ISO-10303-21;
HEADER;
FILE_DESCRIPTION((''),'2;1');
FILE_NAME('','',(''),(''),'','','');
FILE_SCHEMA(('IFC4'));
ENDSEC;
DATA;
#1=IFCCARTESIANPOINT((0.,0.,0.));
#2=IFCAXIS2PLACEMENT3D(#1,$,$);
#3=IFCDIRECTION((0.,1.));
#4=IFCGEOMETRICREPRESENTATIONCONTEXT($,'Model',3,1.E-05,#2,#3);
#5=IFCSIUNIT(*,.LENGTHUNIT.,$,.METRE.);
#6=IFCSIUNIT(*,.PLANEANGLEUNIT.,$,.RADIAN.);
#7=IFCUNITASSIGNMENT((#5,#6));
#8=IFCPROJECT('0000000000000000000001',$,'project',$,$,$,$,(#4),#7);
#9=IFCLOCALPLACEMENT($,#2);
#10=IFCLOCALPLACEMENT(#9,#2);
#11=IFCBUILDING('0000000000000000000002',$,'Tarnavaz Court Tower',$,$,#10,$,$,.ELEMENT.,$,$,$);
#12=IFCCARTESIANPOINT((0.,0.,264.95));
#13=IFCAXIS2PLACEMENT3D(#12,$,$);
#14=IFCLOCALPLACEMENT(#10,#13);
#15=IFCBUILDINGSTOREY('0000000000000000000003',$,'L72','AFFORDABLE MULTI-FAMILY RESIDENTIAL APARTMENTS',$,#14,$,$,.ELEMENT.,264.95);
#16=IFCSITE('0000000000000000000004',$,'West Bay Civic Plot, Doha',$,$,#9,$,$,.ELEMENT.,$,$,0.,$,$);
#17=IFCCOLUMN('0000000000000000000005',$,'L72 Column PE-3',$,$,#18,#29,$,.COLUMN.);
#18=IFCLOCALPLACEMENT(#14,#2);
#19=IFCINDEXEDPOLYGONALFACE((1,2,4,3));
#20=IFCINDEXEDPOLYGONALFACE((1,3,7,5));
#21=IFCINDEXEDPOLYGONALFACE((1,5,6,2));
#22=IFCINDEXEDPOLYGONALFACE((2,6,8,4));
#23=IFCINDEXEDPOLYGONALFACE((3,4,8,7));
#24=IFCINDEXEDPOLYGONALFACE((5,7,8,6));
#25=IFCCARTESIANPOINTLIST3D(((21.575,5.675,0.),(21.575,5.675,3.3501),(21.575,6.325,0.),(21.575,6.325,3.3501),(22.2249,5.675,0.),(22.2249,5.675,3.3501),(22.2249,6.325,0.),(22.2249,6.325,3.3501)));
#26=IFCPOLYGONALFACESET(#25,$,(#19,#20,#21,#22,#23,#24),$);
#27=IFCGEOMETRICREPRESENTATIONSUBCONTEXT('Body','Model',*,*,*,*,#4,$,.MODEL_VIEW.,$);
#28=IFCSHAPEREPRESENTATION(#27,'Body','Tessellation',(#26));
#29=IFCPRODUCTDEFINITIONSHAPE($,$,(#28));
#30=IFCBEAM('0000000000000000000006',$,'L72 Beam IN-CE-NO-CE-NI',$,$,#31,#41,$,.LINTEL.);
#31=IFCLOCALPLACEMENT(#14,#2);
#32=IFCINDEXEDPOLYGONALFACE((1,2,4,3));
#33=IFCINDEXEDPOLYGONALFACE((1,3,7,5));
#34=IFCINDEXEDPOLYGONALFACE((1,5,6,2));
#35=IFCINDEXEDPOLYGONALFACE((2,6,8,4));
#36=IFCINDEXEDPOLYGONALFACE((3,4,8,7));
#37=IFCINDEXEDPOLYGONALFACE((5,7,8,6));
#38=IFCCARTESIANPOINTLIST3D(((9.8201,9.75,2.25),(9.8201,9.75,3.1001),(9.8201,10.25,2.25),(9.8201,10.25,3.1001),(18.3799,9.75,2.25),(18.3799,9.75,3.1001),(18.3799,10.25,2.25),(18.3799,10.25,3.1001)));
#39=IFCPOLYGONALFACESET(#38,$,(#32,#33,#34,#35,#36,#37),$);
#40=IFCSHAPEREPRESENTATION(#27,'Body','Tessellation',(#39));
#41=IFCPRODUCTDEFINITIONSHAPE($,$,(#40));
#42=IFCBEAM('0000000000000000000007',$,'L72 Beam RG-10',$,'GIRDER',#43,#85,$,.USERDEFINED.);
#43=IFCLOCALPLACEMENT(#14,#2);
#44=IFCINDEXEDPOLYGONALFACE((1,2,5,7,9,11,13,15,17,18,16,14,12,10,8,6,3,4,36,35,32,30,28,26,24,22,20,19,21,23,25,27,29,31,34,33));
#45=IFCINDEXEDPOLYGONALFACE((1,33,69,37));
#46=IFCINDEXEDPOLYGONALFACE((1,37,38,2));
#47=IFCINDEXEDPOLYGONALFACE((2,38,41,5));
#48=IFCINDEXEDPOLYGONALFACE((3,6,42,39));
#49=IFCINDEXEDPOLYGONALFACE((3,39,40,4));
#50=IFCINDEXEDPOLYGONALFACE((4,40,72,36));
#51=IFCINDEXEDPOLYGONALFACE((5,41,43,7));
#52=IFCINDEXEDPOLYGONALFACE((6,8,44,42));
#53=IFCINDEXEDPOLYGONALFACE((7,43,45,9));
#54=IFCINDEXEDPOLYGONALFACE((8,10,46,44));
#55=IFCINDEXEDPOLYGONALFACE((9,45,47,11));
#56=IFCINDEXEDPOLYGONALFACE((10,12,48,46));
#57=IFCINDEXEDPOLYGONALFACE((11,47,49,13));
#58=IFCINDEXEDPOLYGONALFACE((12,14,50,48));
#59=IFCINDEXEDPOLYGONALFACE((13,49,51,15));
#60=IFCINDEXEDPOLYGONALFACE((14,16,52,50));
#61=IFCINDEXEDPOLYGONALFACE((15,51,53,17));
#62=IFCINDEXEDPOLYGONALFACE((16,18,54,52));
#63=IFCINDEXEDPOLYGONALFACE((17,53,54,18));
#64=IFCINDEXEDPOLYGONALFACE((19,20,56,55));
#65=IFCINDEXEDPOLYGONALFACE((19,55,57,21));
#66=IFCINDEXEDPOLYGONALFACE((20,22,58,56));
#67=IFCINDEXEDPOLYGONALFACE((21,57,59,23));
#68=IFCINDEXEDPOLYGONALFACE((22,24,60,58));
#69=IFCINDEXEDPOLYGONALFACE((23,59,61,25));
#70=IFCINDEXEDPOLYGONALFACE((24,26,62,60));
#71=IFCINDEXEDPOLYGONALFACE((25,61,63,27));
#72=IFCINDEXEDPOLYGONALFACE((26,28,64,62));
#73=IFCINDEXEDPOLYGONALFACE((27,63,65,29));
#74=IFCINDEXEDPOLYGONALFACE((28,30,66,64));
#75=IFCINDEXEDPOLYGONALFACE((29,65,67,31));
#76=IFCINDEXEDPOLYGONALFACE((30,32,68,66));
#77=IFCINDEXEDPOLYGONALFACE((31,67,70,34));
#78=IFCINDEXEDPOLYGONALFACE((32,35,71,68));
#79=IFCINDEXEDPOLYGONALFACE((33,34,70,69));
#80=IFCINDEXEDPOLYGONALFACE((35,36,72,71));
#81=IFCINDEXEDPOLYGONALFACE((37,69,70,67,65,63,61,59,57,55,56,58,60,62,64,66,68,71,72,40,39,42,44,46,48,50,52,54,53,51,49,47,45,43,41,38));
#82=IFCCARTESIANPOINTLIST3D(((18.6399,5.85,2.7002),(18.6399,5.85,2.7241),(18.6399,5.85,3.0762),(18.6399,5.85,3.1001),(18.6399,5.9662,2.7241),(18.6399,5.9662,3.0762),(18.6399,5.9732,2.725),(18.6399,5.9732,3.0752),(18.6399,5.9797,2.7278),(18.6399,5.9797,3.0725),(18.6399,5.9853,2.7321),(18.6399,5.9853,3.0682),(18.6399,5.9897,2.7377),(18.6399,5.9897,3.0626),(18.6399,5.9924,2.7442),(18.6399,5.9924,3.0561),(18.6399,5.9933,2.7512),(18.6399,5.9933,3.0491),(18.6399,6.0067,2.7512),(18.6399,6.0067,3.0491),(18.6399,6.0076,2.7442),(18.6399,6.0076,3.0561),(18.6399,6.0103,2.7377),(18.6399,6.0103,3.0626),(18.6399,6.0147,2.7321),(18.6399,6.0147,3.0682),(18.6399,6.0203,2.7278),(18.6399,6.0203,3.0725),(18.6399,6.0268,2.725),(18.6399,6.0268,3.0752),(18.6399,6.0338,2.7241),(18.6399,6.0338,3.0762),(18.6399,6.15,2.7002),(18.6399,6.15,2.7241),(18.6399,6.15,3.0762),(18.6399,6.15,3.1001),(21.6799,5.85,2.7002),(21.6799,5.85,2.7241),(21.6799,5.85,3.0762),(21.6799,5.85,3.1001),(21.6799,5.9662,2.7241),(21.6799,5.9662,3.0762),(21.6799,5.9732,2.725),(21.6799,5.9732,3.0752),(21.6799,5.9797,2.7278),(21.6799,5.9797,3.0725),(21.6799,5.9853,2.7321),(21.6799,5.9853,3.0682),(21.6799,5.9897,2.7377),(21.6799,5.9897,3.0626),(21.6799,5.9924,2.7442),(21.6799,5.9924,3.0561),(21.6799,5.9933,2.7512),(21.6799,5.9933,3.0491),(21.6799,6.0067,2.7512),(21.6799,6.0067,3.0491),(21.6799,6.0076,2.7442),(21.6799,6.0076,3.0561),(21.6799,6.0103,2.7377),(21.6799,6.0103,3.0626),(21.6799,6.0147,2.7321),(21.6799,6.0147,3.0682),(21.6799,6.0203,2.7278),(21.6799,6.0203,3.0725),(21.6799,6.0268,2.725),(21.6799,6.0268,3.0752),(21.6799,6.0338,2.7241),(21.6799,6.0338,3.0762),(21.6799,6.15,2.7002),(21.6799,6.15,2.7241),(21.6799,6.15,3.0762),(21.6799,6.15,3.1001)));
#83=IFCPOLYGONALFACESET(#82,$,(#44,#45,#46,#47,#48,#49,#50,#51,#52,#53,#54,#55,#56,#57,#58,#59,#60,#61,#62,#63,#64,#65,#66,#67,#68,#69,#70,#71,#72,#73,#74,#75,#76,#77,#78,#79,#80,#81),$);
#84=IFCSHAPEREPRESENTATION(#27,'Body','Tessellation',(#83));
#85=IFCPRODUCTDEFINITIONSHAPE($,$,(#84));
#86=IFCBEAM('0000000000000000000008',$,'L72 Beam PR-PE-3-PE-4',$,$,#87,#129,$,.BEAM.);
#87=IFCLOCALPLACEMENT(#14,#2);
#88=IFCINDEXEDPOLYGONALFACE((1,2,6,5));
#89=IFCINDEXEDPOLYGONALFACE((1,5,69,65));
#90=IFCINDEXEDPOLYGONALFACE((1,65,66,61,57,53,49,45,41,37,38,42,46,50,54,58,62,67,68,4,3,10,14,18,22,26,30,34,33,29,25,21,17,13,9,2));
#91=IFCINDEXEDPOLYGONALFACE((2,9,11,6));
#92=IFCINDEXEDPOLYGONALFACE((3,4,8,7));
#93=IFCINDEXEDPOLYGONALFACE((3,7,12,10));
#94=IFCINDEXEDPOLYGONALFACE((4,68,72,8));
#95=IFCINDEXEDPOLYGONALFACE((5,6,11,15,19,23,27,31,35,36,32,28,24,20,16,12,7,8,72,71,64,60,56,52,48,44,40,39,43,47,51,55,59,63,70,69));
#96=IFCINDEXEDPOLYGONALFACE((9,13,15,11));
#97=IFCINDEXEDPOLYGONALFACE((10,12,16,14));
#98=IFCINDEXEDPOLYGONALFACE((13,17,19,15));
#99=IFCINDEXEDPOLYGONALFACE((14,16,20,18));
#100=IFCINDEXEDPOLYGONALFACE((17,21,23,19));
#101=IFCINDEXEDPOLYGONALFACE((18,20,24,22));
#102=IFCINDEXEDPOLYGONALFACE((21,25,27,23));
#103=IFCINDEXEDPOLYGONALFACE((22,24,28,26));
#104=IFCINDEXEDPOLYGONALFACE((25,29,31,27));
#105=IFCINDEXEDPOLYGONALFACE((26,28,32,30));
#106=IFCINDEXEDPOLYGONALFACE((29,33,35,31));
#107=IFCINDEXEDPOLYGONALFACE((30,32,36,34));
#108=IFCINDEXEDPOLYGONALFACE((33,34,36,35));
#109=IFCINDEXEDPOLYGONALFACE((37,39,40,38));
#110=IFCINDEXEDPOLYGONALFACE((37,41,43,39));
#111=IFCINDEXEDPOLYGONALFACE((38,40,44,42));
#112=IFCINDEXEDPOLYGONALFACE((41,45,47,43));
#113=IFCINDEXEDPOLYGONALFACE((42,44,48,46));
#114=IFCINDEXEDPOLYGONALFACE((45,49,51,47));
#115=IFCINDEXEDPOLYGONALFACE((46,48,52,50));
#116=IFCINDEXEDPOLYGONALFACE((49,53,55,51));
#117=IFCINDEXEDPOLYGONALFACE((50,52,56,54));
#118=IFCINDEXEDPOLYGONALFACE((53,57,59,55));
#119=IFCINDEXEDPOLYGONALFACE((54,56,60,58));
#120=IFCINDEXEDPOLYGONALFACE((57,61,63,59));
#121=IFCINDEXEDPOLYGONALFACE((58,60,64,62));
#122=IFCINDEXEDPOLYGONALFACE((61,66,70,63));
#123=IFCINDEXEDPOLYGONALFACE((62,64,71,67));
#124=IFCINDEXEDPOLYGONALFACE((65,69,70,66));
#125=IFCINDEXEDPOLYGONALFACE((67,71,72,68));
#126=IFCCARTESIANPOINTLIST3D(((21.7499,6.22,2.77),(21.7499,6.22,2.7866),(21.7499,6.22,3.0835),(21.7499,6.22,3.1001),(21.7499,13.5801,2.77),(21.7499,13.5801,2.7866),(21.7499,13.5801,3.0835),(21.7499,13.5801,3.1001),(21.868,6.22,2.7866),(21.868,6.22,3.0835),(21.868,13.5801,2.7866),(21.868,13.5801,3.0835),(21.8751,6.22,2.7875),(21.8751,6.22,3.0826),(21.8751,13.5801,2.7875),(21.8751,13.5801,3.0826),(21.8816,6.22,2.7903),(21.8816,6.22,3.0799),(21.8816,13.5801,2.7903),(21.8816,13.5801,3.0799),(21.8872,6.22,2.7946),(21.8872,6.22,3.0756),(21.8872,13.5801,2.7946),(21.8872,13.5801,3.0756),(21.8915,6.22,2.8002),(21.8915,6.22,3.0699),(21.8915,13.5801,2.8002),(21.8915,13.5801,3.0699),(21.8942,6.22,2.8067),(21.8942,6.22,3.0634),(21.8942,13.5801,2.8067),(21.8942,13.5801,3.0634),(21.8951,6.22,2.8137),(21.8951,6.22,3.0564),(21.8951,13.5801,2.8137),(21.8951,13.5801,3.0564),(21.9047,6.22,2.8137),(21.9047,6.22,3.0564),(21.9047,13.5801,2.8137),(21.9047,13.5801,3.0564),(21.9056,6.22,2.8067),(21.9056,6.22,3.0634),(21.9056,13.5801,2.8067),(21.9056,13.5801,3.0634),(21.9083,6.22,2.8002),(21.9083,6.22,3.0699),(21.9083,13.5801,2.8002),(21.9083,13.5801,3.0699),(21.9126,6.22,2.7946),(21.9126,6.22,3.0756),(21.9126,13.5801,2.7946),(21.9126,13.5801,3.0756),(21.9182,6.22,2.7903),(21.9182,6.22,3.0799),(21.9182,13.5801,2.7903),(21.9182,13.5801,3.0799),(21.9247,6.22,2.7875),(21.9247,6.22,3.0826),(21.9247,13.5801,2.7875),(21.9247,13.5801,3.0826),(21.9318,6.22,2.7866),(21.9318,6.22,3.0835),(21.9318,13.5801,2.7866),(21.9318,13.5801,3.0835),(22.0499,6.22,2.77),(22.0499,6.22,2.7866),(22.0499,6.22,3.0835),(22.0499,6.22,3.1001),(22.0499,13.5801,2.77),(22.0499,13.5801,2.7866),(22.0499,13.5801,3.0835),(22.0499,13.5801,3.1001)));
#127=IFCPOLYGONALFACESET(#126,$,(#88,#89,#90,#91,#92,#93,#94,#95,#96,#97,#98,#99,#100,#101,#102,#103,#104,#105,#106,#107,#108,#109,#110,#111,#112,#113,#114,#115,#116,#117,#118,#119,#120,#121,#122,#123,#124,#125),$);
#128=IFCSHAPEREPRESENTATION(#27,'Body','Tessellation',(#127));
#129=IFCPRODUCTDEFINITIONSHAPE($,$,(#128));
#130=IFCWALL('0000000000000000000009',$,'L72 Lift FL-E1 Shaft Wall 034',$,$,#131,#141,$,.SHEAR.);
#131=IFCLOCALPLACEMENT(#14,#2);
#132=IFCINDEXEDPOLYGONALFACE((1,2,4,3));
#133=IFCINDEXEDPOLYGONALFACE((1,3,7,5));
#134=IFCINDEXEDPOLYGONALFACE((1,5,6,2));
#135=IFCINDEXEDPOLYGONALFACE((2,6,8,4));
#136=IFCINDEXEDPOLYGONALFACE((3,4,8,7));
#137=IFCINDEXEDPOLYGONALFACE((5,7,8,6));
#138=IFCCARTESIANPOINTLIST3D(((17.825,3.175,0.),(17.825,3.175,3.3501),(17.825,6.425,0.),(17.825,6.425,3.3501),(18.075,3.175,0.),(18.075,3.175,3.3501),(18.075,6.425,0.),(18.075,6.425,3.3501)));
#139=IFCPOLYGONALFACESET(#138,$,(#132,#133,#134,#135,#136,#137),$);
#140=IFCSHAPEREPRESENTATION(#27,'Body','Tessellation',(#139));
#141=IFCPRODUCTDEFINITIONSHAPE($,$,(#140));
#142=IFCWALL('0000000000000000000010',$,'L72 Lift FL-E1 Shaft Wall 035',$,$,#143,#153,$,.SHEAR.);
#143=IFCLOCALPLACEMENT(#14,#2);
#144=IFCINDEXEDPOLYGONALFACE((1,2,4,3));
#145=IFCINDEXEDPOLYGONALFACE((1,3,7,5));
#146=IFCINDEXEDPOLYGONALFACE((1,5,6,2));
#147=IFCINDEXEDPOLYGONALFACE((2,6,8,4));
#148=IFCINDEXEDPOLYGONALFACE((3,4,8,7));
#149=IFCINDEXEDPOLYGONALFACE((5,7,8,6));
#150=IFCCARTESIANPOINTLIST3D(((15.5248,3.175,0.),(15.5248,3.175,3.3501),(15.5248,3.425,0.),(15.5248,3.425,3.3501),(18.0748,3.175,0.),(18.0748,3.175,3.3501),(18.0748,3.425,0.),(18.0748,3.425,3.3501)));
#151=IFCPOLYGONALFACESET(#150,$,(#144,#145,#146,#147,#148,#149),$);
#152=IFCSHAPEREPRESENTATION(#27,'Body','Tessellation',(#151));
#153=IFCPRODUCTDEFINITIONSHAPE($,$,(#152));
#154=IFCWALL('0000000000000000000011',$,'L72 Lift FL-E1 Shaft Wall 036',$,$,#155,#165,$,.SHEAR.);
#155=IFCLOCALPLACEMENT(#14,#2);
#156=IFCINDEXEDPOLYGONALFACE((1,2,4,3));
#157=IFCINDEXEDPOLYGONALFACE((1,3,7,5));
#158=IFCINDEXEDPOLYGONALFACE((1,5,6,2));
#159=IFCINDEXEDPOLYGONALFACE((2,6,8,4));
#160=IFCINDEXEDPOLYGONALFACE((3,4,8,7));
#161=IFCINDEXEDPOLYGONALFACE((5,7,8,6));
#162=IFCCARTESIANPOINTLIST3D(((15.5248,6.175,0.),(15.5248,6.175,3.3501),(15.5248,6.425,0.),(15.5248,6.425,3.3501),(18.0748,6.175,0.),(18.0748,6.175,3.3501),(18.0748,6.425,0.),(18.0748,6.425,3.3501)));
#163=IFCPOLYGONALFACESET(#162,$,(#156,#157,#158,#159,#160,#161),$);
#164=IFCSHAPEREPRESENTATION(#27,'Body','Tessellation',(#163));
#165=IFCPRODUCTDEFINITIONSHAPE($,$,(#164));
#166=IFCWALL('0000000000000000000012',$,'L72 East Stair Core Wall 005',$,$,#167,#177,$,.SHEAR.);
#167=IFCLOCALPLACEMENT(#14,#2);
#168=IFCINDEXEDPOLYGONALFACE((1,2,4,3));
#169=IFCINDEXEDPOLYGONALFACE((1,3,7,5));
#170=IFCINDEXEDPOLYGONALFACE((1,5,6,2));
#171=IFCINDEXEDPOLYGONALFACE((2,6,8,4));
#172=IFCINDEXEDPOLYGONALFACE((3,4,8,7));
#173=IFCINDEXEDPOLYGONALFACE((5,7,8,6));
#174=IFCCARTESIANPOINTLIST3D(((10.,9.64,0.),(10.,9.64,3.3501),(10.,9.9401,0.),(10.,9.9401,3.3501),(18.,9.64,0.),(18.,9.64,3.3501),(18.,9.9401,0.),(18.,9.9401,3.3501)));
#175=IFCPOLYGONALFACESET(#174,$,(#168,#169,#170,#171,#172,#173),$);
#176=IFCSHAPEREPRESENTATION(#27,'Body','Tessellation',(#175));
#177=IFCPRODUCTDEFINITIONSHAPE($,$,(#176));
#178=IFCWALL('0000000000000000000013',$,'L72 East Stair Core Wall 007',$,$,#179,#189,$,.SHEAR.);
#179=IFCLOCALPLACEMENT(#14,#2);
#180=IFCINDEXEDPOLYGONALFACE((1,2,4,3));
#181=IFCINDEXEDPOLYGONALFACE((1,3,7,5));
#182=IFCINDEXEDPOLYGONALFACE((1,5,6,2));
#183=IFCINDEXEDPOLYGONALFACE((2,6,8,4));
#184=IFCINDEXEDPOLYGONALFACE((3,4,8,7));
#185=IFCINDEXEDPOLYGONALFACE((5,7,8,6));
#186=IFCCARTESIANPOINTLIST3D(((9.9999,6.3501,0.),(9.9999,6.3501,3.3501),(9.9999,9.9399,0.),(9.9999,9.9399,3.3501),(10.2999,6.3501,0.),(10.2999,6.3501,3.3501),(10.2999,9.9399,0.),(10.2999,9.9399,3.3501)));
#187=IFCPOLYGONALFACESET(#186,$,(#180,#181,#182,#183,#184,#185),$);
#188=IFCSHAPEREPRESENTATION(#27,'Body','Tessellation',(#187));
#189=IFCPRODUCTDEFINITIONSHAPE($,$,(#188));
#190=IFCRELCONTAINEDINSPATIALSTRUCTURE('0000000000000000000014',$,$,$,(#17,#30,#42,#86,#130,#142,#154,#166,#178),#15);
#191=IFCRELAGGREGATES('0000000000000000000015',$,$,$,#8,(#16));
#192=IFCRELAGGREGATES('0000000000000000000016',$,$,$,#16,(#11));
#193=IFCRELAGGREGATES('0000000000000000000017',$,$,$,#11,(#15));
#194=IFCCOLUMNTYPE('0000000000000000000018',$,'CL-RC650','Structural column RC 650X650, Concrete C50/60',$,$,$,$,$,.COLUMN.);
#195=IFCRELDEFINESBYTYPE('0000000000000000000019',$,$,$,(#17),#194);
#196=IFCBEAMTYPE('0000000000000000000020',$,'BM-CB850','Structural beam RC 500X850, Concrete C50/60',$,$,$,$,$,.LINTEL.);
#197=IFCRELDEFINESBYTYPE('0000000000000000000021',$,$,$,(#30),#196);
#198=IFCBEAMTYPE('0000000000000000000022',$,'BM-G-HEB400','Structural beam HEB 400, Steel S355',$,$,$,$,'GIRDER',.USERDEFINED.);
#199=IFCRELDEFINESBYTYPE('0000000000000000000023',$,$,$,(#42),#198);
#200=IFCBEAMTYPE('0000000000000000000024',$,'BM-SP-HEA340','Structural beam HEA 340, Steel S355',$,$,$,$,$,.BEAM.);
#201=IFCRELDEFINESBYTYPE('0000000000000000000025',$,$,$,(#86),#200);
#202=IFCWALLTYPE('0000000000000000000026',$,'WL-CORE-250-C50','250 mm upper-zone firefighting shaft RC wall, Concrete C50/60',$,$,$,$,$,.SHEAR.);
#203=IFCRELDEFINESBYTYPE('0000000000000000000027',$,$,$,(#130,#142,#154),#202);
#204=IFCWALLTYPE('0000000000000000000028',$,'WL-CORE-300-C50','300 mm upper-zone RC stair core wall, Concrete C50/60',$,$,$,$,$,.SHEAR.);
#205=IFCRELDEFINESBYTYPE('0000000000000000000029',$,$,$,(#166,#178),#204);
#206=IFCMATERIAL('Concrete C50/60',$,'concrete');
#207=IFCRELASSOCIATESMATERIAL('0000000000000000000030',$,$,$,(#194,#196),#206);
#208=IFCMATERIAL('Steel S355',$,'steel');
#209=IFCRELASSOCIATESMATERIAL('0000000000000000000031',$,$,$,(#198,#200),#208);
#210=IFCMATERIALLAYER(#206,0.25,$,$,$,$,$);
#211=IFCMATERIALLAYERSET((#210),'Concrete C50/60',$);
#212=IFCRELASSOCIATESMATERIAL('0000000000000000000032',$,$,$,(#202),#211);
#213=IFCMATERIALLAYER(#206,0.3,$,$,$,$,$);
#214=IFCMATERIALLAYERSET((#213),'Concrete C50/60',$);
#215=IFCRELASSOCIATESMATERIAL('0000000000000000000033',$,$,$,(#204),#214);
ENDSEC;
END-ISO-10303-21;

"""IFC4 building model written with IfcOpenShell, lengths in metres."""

from ifc_helpers import new_model, si_unit, direction, frame, frame_2d, origin, origin_2d, place, context, subcontext, project, spatial, rectangle, i_section, extrude, material, layer, layer_set, material_profile, profile_set, type_object, element, save


model = new_model("IFC4")

# Units and contexts
model_context = context("Model", 3, precision=1e-05, world=origin(), true_north=direction((0.0, 1.0)))
body_context = subcontext(model_context, "Body", "Model", "MODEL_VIEW")
ifc_project = project(units=[si_unit("LENGTHUNIT", "METRE"), si_unit("PLANEANGLEUNIT", "RADIAN")], contexts=[model_context])

# Site, building, storey
site_placement = place(None, origin())
site = spatial("IfcSite", under=ifc_project, at=site_placement, Name="West Bay Civic Plot, Doha", CompositionType="ELEMENT", RefElevation=0.0)
building_placement = place(site_placement, origin())
building = spatial("IfcBuilding", under=site, at=building_placement, Name="Tarnavaz Court Tower", CompositionType="ELEMENT")
storey_placement = place(building_placement, frame((0.0, 0.0, 264.95)))
storey = spatial("IfcBuildingStorey", under=building, at=storey_placement, Name="L72", Description="AFFORDABLE MULTI-FAMILY RESIDENTIAL APARTMENTS", CompositionType="ELEMENT", Elevation=264.95)

# Column
ifc_material_1 = material(Name="Concrete C50/60", Category="concrete")
ifc_material_profile_1 = material_profile(ifc_material_1, rectangle(XDim=0.6499, YDim=0.6499, at=origin_2d()), Name="RC 650X650")
ifc_profile_set_1 = profile_set([ifc_material_profile_1], Name="Concrete C50/60")
column_type = type_object("IfcColumnType", Name="CL-RC650", Description="Structural column RC 650X650, Concrete C50/60", PredefinedType="COLUMN", material=ifc_profile_set_1)
column_placement = place(storey_placement, frame((21.8999, 6.0, 0.0), z_axis=(0.0, 0.0, 1.0), x_axis=(1.0, 0.0, 0.0)))
element("IfcColumn", 1, at=column_placement, inside=storey, type_object=column_type, Name="L72 Column PE-3", PredefinedType="COLUMN", context=body_context, shape_type="SweptSolid", body=[
    extrude(rectangle(XDim=0.6499, YDim=0.6499, at=origin_2d()), origin(), (0.0, 0.0, 1.0), 3.3501),
])

# Beams
ifc_material_profile_2 = material_profile(ifc_material_1, rectangle(XDim=0.5, YDim=0.8501, at=origin_2d()), Name="RC 500X850")
ifc_profile_set_2 = profile_set([ifc_material_profile_2], Name="Concrete C50/60")
beam_type_1 = type_object("IfcBeamType", Name="BM-CB850", Description="Structural beam RC 500X850, Concrete C50/60", PredefinedType="LINTEL", material=ifc_profile_set_2)
beam_1_placement = place(storey_placement, frame((18.3799, 10.0, 2.675), z_axis=(-1.0, 0.0, 0.0), x_axis=(0.0, -1.0, 0.0)))
element("IfcBeam", 2, at=beam_1_placement, inside=storey, type_object=beam_type_1, Name="L72 Beam IN-CE-NO-CE-NI", PredefinedType="LINTEL", context=body_context, shape_type="SweptSolid", body=[
    extrude(rectangle(XDim=0.5, YDim=0.8501, at=origin_2d()), origin(), (0.0, 0.0, 1.0), 8.5598),
])
ifc_material_2 = material(Name="Steel S355", Category="steel")
ifc_material_profile_3 = material_profile(ifc_material_2, i_section(OverallWidth=0.3, OverallDepth=0.3999, WebThickness=0.0134, FlangeThickness=0.0239, FilletRadius=0.0271, at=origin_2d()), Name="HEB 400")
ifc_profile_set_3 = profile_set([ifc_material_profile_3], Name="Steel S355")
beam_type_2 = type_object("IfcBeamType", Name="BM-G-HEB400", Description="Structural beam HEB 400, Steel S355", ElementType="GIRDER", PredefinedType="USERDEFINED", material=ifc_profile_set_3)
beam_2_placement = place(storey_placement, frame((18.6399, 6.0, 2.9001), z_axis=(1.0, 0.0, 0.0), x_axis=(0.0, 1.0, 0.0)))
element("IfcBeam", 3, at=beam_2_placement, inside=storey, type_object=beam_type_2, Name="L72 Beam RG-10", ObjectType="GIRDER", PredefinedType="USERDEFINED", context=body_context, shape_type="SweptSolid", body=[
    extrude(i_section(OverallWidth=0.3, OverallDepth=0.3999, WebThickness=0.0134, FlangeThickness=0.0239, FilletRadius=0.0271, at=origin_2d()), origin(), (0.0, 0.0, 1.0), 3.04),
])
ifc_material_profile_4 = material_profile(ifc_material_2, i_section(OverallWidth=0.3, OverallDepth=0.3301, WebThickness=0.0095, FlangeThickness=0.0166, FilletRadius=0.0271, at=origin_2d()), Name="HEA 340")
ifc_profile_set_4 = profile_set([ifc_material_profile_4], Name="Steel S355")
beam_type_3 = type_object("IfcBeamType", Name="BM-SP-HEA340", Description="Structural beam HEA 340, Steel S355", PredefinedType="BEAM", material=ifc_profile_set_4)
beam_3_placement = place(storey_placement, frame((21.8999, 6.22, 2.9351), z_axis=(0.0, 1.0, 0.0), x_axis=(-1.0, 0.0, 0.0)))
element("IfcBeam", 4, at=beam_3_placement, inside=storey, type_object=beam_type_3, Name="L72 Beam PR-PE-3-PE-4", PredefinedType="BEAM", context=body_context, shape_type="SweptSolid", body=[
    extrude(i_section(OverallWidth=0.3, OverallDepth=0.3301, WebThickness=0.0095, FlangeThickness=0.0166, FilletRadius=0.0271, at=origin_2d()), origin(), (0.0, 0.0, 1.0), 7.3601),
])

# Shared definitions
ifc_layer_1 = layer(ifc_material_1, 0.25)
ifc_layer_set_1 = layer_set([ifc_layer_1], Name="Concrete C50/60")
wall_type_1 = type_object("IfcWallType", Name="WL-CORE-250-C50", Description="250 mm upper-zone firefighting shaft RC wall, Concrete C50/60", PredefinedType="SHEAR", material=ifc_layer_set_1)

# Walls
wall_1_placement = place(storey_placement, frame((17.95, 3.175, 0.0), z_axis=(0.0, 0.0, 1.0), x_axis=(0.0, 1.0, 0.0)))
element("IfcWall", 5, at=wall_1_placement, inside=storey, type_object=wall_type_1, Name="L72 Lift FL-E1 Shaft Wall 034", PredefinedType="SHEAR", context=body_context, shape_type="SweptSolid", body=[
    extrude(rectangle(XDim=3.25, YDim=0.25, at=frame_2d((1.625, 0.0))), origin(), (0.0, 0.0, 1.0), 3.3501),
])
for number, where, z_axis, x_axis, name in (
    (6, (15.5249, 3.3, 0.0), (0.0, 0.0, 1.0), (1.0, 0.0, 0.0), "L72 Lift FL-E1 Shaft Wall 035"),
    (7, (15.5249, 6.3, 0.0), (0.0, 0.0, 1.0), (1.0, 0.0, 0.0), "L72 Lift FL-E1 Shaft Wall 036"),
):
    element("IfcWall", number, at=place(storey_placement, frame(where, z_axis=z_axis, x_axis=x_axis)), inside=storey, type_object=wall_type_1, Name=name, PredefinedType="SHEAR", context=body_context, shape_type="SweptSolid", body=[
        extrude(rectangle(XDim=2.55, YDim=0.25, at=frame_2d((1.2749, 0.0))), origin(), (0.0, 0.0, 1.0), 3.3501),
    ])
ifc_layer_2 = layer(ifc_material_1, 0.3)
ifc_layer_set_2 = layer_set([ifc_layer_2], Name="Concrete C50/60")
wall_type_2 = type_object("IfcWallType", Name="WL-CORE-300-C50", Description="300 mm upper-zone RC stair core wall, Concrete C50/60", PredefinedType="SHEAR", material=ifc_layer_set_2)
wall_2_placement = place(storey_placement, frame((10.0, 9.79, 0.0), z_axis=(0.0, 0.0, 1.0), x_axis=(1.0, 0.0, 0.0)))
element("IfcWall", 8, at=wall_2_placement, inside=storey, type_object=wall_type_2, Name="L72 East Stair Core Wall 005", PredefinedType="SHEAR", context=body_context, shape_type="SweptSolid", body=[
    extrude(rectangle(XDim=8.0, YDim=0.3, at=frame_2d((4.0, 0.0))), origin(), (0.0, 0.0, 1.0), 3.3501),
])
for number, where, z_axis, x_axis, name in (
    (9, (10.1499, 6.3501, 0.0), (0.0, 0.0, 1.0), (0.0, 1.0, 0.0), "L72 East Stair Core Wall 007"),
):
    element("IfcWall", number, at=place(storey_placement, frame(where, z_axis=z_axis, x_axis=x_axis)), inside=storey, type_object=wall_type_2, Name=name, PredefinedType="SHEAR", context=body_context, shape_type="SweptSolid", body=[
        extrude(rectangle(XDim=3.5898, YDim=0.3, at=frame_2d((1.7949, 0.0))), origin(), (0.0, 0.0, 1.0), 3.3501),
    ])

save(model, "model.ifc")
